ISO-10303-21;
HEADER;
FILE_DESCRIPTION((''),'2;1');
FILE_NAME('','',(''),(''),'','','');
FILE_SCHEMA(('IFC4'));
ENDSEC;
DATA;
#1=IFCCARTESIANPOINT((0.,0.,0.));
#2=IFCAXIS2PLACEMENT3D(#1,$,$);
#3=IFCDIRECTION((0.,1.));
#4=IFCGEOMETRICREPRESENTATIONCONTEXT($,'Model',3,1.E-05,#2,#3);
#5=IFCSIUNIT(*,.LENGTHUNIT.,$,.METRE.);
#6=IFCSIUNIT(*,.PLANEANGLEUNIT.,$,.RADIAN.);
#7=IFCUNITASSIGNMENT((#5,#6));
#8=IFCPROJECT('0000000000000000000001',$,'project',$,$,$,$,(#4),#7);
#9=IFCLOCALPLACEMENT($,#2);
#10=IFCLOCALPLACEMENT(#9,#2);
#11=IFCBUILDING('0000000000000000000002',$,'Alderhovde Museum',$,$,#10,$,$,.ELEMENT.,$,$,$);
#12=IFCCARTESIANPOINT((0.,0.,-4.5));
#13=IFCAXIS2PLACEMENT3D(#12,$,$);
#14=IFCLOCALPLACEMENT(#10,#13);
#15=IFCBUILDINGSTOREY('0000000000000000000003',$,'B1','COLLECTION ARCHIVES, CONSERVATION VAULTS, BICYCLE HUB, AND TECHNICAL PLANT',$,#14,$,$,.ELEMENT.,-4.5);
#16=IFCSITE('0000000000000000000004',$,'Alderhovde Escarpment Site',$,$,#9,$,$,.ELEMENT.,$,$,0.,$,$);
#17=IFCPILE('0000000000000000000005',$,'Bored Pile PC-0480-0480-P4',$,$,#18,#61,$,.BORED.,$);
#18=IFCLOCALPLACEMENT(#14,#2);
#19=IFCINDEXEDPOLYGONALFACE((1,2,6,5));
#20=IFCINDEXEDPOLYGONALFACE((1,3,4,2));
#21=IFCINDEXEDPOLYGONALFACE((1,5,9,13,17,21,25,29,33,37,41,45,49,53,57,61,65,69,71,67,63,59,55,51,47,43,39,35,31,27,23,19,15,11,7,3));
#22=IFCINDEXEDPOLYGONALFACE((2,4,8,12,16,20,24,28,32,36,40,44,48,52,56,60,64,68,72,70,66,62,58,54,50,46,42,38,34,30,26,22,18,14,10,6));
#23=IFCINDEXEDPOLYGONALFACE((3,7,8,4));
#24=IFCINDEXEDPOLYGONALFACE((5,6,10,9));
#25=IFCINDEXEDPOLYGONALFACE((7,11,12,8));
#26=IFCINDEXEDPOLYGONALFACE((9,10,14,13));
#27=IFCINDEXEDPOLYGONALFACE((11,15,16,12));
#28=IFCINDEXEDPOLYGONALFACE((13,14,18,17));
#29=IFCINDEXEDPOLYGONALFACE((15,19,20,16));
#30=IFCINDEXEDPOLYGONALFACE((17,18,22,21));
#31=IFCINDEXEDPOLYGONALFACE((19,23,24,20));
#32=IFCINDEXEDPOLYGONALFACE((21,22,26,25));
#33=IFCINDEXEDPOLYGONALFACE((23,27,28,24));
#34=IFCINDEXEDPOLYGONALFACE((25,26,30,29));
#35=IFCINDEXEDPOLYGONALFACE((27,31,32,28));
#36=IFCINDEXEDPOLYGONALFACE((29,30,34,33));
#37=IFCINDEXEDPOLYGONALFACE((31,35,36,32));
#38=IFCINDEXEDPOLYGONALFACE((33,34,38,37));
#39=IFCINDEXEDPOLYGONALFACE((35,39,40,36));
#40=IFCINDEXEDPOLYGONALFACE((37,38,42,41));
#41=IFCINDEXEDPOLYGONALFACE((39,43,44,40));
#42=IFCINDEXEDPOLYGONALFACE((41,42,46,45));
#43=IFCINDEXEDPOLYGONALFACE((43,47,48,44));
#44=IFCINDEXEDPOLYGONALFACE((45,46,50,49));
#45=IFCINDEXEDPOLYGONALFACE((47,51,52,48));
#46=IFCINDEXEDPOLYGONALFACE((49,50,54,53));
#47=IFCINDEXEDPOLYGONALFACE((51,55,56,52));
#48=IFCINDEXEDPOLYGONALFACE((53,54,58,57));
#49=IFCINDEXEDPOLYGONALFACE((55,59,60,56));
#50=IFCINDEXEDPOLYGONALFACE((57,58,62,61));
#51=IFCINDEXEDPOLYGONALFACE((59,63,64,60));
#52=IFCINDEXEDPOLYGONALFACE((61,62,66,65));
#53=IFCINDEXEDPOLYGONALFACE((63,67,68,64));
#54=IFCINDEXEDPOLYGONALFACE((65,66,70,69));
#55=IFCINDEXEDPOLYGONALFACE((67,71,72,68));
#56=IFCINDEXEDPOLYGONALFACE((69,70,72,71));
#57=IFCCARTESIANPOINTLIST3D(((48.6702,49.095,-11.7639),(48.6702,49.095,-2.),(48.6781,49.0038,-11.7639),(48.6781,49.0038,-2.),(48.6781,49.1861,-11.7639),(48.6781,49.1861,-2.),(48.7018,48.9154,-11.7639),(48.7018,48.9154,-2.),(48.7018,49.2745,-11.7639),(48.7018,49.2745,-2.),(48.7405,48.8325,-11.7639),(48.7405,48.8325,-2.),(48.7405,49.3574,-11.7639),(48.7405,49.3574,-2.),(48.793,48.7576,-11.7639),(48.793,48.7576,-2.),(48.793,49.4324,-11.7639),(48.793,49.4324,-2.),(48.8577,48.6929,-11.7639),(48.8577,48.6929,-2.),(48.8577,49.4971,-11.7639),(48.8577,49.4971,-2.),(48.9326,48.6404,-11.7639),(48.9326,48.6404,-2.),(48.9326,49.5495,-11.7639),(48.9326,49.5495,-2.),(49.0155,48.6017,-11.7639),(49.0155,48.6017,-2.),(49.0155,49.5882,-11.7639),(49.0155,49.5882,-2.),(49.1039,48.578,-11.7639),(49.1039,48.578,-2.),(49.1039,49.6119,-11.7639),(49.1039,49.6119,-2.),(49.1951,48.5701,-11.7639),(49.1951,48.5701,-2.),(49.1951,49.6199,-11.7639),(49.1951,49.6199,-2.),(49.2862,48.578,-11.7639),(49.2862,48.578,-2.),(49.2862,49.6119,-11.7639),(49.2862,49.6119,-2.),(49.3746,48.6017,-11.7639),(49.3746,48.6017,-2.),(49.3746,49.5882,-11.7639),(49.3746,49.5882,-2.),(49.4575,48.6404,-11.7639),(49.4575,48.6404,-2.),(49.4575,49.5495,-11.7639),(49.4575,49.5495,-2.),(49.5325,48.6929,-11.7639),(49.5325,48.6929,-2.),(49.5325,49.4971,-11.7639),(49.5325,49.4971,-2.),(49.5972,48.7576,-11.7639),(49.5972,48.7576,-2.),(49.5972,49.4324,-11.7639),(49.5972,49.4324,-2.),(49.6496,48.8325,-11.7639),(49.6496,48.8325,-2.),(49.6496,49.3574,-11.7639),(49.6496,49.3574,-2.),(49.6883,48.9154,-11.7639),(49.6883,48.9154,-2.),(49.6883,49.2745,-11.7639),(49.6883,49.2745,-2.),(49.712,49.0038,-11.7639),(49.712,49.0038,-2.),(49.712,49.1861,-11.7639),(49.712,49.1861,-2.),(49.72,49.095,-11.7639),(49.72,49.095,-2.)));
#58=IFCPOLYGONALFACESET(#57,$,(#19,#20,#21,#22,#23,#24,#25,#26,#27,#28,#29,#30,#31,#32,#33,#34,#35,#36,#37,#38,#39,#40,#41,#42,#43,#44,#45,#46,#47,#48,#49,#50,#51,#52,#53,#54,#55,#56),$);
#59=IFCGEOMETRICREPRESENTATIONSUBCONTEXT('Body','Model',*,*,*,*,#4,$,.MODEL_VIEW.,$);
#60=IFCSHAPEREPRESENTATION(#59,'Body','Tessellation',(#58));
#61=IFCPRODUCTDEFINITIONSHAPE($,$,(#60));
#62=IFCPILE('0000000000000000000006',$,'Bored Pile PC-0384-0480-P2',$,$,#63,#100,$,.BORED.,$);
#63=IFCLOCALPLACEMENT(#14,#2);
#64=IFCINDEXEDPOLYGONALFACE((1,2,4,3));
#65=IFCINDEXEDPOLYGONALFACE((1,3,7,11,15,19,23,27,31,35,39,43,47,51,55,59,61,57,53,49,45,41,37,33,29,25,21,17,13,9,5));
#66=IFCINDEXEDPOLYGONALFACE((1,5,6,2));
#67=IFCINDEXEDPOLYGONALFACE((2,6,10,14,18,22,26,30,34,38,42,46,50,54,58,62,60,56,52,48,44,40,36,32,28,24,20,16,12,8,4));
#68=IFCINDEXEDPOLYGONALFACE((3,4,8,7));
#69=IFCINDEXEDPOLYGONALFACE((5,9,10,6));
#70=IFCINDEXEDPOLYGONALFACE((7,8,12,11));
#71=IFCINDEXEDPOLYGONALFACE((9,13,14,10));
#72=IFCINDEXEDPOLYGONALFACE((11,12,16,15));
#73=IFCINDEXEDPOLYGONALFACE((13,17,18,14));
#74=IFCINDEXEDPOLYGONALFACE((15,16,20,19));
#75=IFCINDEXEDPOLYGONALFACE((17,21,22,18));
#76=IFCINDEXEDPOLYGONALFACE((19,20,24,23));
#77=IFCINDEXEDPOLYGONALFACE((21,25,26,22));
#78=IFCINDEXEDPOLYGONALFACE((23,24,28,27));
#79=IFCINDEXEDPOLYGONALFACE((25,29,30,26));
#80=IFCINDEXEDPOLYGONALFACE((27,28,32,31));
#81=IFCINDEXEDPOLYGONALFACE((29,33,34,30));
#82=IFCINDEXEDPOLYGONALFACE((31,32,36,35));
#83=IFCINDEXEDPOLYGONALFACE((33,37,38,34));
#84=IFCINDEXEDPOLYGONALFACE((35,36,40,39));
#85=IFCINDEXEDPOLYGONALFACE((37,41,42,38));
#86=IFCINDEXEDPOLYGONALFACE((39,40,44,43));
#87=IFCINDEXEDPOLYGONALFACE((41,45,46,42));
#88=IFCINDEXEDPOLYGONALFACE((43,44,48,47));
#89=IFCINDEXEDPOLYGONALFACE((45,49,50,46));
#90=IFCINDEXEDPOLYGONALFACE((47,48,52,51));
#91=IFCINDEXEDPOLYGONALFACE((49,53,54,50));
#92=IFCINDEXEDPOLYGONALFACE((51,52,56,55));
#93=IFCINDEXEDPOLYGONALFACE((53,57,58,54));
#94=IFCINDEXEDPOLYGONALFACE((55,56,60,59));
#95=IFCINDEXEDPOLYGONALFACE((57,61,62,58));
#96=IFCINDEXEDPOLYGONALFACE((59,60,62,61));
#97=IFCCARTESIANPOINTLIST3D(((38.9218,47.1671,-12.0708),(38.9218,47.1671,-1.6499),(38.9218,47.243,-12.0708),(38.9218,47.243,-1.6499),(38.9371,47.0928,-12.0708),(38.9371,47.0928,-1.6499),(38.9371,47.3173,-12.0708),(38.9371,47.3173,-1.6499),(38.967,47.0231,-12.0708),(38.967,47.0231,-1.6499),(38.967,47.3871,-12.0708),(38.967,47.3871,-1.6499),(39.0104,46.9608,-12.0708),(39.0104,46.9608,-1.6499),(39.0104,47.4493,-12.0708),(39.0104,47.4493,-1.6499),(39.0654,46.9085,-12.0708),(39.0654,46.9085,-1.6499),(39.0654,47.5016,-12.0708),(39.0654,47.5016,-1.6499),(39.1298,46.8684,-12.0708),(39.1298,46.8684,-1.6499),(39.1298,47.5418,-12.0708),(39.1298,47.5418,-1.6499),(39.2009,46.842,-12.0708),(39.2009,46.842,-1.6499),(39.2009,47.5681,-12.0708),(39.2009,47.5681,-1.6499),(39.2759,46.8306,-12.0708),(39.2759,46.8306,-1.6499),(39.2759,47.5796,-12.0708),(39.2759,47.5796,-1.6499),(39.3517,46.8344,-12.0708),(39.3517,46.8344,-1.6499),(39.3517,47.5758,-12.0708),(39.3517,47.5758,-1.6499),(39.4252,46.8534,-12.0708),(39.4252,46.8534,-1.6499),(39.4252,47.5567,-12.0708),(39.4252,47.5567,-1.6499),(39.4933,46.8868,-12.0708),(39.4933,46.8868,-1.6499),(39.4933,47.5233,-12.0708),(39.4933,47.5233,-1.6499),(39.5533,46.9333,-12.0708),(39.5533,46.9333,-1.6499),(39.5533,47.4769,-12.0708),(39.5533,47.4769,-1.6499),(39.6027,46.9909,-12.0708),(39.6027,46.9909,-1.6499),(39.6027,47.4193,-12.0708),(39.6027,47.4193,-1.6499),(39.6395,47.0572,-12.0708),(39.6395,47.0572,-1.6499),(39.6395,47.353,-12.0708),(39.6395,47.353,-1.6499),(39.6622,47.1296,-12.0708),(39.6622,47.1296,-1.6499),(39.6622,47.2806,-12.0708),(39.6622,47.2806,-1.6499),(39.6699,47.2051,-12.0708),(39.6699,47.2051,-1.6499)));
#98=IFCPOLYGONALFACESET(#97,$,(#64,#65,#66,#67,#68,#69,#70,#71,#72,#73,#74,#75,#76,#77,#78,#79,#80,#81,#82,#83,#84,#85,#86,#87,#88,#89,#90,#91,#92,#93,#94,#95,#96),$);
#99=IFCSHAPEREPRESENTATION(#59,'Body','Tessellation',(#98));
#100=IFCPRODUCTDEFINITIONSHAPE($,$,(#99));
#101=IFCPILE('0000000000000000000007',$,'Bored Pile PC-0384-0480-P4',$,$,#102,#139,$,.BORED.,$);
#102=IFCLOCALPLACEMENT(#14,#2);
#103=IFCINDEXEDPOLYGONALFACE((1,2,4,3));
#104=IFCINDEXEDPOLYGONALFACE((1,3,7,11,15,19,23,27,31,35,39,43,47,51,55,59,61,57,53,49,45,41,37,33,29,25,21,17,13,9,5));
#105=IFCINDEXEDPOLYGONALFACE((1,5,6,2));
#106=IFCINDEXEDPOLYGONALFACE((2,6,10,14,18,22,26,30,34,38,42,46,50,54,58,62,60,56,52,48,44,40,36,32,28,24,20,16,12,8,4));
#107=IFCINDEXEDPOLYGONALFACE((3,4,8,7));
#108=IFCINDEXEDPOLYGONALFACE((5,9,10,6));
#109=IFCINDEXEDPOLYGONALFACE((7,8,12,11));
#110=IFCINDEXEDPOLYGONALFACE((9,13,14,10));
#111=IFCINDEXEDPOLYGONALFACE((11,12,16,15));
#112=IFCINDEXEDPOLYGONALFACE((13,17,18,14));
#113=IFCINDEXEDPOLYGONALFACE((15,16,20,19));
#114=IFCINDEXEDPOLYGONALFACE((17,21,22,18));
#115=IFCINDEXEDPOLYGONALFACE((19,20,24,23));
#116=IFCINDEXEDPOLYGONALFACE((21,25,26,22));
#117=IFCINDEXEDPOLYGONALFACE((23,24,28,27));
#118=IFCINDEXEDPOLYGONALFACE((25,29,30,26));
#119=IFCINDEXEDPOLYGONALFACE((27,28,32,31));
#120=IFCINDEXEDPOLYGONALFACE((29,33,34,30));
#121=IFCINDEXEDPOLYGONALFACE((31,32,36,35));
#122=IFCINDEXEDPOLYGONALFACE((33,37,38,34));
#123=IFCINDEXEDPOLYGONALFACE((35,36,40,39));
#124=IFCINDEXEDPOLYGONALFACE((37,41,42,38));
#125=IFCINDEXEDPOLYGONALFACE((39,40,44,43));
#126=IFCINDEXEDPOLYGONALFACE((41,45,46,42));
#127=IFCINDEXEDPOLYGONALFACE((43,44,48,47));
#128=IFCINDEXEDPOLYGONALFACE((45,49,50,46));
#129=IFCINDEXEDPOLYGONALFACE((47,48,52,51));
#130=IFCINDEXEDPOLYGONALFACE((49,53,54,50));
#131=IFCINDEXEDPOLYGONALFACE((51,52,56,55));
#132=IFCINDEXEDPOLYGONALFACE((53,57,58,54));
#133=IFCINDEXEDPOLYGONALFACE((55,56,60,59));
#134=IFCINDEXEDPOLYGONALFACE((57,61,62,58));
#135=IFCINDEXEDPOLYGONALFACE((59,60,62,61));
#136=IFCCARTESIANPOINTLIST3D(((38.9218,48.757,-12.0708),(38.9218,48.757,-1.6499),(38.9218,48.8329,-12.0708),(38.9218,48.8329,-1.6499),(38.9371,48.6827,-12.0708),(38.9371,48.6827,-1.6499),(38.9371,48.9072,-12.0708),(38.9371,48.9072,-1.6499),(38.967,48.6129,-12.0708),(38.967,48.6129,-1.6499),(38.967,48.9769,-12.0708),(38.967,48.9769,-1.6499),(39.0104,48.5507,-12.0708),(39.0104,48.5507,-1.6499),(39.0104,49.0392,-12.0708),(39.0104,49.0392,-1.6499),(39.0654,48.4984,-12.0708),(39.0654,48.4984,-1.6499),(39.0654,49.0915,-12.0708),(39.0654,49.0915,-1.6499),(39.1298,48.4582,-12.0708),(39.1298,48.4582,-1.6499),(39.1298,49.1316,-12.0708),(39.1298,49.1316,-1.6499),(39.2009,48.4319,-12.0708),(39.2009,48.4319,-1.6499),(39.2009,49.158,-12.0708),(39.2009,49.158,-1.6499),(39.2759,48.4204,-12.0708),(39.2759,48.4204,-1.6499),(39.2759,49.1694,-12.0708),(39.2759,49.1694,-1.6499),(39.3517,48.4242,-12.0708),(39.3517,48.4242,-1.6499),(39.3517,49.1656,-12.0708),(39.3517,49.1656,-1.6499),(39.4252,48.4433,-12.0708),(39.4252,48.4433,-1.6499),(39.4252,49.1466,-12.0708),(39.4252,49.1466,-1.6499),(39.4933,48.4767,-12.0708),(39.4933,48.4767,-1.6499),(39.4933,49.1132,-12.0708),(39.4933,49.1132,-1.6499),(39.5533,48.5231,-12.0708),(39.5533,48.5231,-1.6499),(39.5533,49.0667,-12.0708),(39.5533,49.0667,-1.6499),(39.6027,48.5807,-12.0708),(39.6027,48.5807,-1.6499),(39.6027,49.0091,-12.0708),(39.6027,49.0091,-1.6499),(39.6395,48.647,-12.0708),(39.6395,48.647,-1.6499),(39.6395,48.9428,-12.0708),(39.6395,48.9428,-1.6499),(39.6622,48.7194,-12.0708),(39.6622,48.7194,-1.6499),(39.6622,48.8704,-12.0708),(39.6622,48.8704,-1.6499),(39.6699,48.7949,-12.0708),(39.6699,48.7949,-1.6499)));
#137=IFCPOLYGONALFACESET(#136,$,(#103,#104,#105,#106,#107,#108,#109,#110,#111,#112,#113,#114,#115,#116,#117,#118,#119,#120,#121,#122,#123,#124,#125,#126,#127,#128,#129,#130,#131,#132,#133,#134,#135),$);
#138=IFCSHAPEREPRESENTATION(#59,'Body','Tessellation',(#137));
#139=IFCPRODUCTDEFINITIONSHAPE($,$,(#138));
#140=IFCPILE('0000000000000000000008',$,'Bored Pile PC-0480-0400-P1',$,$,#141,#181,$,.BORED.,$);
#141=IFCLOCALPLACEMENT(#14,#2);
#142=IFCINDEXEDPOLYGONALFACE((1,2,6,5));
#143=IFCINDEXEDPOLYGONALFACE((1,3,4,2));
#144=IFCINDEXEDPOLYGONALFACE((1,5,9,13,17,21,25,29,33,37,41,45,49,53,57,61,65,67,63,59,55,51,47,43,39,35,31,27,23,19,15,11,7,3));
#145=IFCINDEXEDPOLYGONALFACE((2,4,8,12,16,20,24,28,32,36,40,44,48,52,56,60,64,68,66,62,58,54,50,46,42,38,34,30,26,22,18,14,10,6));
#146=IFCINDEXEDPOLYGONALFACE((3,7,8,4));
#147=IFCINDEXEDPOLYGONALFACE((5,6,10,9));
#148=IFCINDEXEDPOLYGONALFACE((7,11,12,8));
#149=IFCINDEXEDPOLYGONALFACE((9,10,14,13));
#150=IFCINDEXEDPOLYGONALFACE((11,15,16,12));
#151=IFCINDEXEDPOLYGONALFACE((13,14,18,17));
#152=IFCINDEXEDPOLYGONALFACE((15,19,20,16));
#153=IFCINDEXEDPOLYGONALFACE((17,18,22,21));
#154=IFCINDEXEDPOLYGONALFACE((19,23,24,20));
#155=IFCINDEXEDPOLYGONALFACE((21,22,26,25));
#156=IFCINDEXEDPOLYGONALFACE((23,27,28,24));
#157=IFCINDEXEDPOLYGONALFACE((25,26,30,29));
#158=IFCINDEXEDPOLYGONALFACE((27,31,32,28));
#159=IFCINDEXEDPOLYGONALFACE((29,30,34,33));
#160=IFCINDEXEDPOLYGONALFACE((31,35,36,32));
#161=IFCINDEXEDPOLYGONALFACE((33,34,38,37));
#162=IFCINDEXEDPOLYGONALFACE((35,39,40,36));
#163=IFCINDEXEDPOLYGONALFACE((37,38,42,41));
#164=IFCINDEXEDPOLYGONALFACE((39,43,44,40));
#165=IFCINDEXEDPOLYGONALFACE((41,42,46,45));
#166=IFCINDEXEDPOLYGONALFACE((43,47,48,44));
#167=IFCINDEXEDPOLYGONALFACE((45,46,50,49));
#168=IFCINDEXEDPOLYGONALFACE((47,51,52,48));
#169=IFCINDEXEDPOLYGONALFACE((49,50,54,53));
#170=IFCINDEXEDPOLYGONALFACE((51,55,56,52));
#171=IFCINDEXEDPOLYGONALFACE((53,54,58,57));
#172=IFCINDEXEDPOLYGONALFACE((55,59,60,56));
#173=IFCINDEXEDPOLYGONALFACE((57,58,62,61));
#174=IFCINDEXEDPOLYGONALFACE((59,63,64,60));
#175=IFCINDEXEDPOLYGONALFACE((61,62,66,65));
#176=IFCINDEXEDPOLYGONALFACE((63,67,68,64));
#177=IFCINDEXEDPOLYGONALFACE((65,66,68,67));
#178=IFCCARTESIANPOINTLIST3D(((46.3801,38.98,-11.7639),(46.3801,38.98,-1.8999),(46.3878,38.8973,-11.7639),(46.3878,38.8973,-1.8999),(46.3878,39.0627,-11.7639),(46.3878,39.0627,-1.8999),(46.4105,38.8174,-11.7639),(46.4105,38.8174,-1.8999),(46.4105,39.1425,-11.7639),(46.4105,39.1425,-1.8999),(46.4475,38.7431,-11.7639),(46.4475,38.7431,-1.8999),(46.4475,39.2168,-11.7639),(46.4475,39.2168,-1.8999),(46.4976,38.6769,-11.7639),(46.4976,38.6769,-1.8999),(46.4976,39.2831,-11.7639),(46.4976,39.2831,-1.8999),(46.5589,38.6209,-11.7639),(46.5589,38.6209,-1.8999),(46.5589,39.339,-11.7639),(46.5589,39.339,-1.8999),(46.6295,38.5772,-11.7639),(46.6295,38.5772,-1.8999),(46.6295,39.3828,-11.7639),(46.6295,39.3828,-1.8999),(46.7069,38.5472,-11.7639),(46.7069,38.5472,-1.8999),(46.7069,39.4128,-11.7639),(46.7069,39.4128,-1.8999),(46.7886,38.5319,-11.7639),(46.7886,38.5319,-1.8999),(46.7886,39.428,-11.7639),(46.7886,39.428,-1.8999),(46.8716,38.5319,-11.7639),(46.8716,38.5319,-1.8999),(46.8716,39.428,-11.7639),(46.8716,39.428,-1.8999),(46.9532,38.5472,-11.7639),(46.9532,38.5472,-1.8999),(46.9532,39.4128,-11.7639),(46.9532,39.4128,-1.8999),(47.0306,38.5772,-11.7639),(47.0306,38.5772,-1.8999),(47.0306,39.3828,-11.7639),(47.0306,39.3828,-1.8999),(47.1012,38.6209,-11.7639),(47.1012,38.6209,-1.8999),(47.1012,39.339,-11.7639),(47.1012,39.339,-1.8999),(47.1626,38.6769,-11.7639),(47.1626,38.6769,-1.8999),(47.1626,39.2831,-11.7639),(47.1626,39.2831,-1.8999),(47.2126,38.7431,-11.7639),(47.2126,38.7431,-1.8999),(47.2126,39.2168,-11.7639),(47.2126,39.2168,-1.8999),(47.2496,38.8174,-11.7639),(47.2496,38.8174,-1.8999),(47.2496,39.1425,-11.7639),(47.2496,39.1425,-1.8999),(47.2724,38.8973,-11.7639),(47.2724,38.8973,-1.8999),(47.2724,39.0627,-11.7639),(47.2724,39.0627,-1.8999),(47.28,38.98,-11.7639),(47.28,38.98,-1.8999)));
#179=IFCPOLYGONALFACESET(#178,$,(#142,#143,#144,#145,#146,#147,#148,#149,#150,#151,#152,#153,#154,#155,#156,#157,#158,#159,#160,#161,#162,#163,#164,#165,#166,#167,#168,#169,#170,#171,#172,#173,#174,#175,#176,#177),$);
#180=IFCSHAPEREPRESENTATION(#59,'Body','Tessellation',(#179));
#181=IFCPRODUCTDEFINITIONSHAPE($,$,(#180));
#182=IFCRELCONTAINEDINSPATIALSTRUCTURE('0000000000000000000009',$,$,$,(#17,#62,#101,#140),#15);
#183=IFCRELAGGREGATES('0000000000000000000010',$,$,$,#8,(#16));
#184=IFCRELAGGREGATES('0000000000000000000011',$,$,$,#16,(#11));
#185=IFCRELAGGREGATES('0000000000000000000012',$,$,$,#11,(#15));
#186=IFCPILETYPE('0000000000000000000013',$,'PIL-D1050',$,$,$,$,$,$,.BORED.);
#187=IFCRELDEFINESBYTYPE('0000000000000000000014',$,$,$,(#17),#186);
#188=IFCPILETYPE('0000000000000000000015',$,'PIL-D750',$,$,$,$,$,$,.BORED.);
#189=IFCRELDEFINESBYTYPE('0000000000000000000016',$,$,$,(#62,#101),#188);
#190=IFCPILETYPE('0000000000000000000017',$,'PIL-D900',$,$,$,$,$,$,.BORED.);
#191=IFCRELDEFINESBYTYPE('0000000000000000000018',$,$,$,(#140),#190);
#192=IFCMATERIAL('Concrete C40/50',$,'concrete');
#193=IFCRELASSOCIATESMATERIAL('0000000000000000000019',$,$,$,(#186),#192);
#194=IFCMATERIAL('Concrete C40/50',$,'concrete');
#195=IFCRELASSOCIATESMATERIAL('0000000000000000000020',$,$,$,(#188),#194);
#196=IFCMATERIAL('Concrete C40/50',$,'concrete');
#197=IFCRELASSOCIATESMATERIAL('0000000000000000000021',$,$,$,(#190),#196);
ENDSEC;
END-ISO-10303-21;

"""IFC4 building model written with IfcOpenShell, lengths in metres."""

from ifc_helpers import new_model, si_unit, direction, frame, origin, origin_2d, place, context, subcontext, project, spatial, circle, extrude, material, material_profile, profile_set, type_object, element, save


model = new_model("IFC4")

# Units and contexts
model_context = context("Model", 3, precision=1e-05, world=origin(), true_north=direction((0.0, 1.0)))
body_context = subcontext(model_context, "Body", "Model", "MODEL_VIEW")
ifc_project = project(units=[si_unit("LENGTHUNIT", "METRE"), si_unit("PLANEANGLEUNIT", "RADIAN")], contexts=[model_context])

# Site, building, storey
site_placement = place(None, origin())
site = spatial("IfcSite", under=ifc_project, at=site_placement, Name="Alderhovde Escarpment Site", CompositionType="ELEMENT", RefElevation=0.0)
building_placement = place(site_placement, origin())
building = spatial("IfcBuilding", under=site, at=building_placement, Name="Alderhovde Museum", CompositionType="ELEMENT")
storey_placement = place(building_placement, frame((0.0, 0.0, -4.5)))
storey = spatial("IfcBuildingStorey", under=building, at=storey_placement, Name="B1", Description="COLLECTION ARCHIVES, CONSERVATION VAULTS, BICYCLE HUB, AND TECHNICAL PLANT", CompositionType="ELEMENT", Elevation=-4.5)

# Piles
ifc_material_1 = material(Name="Concrete C40/50", Category="concrete")
ifc_material_profile_1 = material_profile(ifc_material_1, circle(Radius=0.5249, at=origin_2d()), Name="PILE-D1050")
ifc_profile_set_1 = profile_set([ifc_material_profile_1], Name="Concrete C40/50")
pile_type_1 = type_object("IfcPileType", Name="PIL-D1050", PredefinedType="BORED", material=ifc_profile_set_1)
for number, where, z_axis, x_axis, name in (
    (1, (49.1951, 49.095, -2.0), (0.0, 0.0, -1.0), (1.0, 0.0, 0.0), "Bored Pile PC-0480-0480-P4"),
):
    element("IfcPile", number, at=place(storey_placement, frame(where, z_axis=z_axis, x_axis=x_axis)), inside=storey, type_object=pile_type_1, Name=name, PredefinedType="BORED", context=body_context, shape_type="SweptSolid", body=[
        extrude(circle(Radius=0.5249, at=origin_2d()), origin(), (0.0, 0.0, 1.0), 9.7639),
    ])
ifc_material_2 = material(Name="Concrete C40/50", Category="concrete")
ifc_material_profile_2 = material_profile(ifc_material_2, circle(Radius=0.375, at=origin_2d()), Name="PILE-D750")
ifc_profile_set_2 = profile_set([ifc_material_profile_2], Name="Concrete C40/50")
pile_type_2 = type_object("IfcPileType", Name="PIL-D750", PredefinedType="BORED", material=ifc_profile_set_2)
for number, where, z_axis, x_axis, name in (
    (2, (39.2949, 47.2051, -1.6499), (0.0, 0.0, -1.0), (1.0, 0.0, 0.0), "Bored Pile PC-0384-0480-P2"),
    (3, (39.2949, 48.7949, -1.6499), (0.0, 0.0, -1.0), (1.0, 0.0, 0.0), "Bored Pile PC-0384-0480-P4"),
):
    element("IfcPile", number, at=place(storey_placement, frame(where, z_axis=z_axis, x_axis=x_axis)), inside=storey, type_object=pile_type_2, Name=name, PredefinedType="BORED", context=body_context, shape_type="SweptSolid", body=[
        extrude(circle(Radius=0.375, at=origin_2d()), origin(), (0.0, 0.0, 1.0), 10.4209),
    ])
ifc_material_3 = material(Name="Concrete C40/50", Category="concrete")
ifc_material_profile_3 = material_profile(ifc_material_3, circle(Radius=0.45, at=origin_2d()), Name="PILE-D900")
ifc_profile_set_3 = profile_set([ifc_material_profile_3], Name="Concrete C40/50")
pile_type_3 = type_object("IfcPileType", Name="PIL-D900", PredefinedType="BORED", material=ifc_profile_set_3)
for number, where, z_axis, x_axis, name in (
    (4, (46.8301, 38.98, -1.8999), (0.0, 0.0, -1.0), (1.0, 0.0, 0.0), "Bored Pile PC-0480-0400-P1"),
):
    element("IfcPile", number, at=place(storey_placement, frame(where, z_axis=z_axis, x_axis=x_axis)), inside=storey, type_object=pile_type_3, Name=name, PredefinedType="BORED", context=body_context, shape_type="SweptSolid", body=[
        extrude(circle(Radius=0.45, at=origin_2d()), origin(), (0.0, 0.0, 1.0), 9.864),
    ])

save(model, "model.ifc")
